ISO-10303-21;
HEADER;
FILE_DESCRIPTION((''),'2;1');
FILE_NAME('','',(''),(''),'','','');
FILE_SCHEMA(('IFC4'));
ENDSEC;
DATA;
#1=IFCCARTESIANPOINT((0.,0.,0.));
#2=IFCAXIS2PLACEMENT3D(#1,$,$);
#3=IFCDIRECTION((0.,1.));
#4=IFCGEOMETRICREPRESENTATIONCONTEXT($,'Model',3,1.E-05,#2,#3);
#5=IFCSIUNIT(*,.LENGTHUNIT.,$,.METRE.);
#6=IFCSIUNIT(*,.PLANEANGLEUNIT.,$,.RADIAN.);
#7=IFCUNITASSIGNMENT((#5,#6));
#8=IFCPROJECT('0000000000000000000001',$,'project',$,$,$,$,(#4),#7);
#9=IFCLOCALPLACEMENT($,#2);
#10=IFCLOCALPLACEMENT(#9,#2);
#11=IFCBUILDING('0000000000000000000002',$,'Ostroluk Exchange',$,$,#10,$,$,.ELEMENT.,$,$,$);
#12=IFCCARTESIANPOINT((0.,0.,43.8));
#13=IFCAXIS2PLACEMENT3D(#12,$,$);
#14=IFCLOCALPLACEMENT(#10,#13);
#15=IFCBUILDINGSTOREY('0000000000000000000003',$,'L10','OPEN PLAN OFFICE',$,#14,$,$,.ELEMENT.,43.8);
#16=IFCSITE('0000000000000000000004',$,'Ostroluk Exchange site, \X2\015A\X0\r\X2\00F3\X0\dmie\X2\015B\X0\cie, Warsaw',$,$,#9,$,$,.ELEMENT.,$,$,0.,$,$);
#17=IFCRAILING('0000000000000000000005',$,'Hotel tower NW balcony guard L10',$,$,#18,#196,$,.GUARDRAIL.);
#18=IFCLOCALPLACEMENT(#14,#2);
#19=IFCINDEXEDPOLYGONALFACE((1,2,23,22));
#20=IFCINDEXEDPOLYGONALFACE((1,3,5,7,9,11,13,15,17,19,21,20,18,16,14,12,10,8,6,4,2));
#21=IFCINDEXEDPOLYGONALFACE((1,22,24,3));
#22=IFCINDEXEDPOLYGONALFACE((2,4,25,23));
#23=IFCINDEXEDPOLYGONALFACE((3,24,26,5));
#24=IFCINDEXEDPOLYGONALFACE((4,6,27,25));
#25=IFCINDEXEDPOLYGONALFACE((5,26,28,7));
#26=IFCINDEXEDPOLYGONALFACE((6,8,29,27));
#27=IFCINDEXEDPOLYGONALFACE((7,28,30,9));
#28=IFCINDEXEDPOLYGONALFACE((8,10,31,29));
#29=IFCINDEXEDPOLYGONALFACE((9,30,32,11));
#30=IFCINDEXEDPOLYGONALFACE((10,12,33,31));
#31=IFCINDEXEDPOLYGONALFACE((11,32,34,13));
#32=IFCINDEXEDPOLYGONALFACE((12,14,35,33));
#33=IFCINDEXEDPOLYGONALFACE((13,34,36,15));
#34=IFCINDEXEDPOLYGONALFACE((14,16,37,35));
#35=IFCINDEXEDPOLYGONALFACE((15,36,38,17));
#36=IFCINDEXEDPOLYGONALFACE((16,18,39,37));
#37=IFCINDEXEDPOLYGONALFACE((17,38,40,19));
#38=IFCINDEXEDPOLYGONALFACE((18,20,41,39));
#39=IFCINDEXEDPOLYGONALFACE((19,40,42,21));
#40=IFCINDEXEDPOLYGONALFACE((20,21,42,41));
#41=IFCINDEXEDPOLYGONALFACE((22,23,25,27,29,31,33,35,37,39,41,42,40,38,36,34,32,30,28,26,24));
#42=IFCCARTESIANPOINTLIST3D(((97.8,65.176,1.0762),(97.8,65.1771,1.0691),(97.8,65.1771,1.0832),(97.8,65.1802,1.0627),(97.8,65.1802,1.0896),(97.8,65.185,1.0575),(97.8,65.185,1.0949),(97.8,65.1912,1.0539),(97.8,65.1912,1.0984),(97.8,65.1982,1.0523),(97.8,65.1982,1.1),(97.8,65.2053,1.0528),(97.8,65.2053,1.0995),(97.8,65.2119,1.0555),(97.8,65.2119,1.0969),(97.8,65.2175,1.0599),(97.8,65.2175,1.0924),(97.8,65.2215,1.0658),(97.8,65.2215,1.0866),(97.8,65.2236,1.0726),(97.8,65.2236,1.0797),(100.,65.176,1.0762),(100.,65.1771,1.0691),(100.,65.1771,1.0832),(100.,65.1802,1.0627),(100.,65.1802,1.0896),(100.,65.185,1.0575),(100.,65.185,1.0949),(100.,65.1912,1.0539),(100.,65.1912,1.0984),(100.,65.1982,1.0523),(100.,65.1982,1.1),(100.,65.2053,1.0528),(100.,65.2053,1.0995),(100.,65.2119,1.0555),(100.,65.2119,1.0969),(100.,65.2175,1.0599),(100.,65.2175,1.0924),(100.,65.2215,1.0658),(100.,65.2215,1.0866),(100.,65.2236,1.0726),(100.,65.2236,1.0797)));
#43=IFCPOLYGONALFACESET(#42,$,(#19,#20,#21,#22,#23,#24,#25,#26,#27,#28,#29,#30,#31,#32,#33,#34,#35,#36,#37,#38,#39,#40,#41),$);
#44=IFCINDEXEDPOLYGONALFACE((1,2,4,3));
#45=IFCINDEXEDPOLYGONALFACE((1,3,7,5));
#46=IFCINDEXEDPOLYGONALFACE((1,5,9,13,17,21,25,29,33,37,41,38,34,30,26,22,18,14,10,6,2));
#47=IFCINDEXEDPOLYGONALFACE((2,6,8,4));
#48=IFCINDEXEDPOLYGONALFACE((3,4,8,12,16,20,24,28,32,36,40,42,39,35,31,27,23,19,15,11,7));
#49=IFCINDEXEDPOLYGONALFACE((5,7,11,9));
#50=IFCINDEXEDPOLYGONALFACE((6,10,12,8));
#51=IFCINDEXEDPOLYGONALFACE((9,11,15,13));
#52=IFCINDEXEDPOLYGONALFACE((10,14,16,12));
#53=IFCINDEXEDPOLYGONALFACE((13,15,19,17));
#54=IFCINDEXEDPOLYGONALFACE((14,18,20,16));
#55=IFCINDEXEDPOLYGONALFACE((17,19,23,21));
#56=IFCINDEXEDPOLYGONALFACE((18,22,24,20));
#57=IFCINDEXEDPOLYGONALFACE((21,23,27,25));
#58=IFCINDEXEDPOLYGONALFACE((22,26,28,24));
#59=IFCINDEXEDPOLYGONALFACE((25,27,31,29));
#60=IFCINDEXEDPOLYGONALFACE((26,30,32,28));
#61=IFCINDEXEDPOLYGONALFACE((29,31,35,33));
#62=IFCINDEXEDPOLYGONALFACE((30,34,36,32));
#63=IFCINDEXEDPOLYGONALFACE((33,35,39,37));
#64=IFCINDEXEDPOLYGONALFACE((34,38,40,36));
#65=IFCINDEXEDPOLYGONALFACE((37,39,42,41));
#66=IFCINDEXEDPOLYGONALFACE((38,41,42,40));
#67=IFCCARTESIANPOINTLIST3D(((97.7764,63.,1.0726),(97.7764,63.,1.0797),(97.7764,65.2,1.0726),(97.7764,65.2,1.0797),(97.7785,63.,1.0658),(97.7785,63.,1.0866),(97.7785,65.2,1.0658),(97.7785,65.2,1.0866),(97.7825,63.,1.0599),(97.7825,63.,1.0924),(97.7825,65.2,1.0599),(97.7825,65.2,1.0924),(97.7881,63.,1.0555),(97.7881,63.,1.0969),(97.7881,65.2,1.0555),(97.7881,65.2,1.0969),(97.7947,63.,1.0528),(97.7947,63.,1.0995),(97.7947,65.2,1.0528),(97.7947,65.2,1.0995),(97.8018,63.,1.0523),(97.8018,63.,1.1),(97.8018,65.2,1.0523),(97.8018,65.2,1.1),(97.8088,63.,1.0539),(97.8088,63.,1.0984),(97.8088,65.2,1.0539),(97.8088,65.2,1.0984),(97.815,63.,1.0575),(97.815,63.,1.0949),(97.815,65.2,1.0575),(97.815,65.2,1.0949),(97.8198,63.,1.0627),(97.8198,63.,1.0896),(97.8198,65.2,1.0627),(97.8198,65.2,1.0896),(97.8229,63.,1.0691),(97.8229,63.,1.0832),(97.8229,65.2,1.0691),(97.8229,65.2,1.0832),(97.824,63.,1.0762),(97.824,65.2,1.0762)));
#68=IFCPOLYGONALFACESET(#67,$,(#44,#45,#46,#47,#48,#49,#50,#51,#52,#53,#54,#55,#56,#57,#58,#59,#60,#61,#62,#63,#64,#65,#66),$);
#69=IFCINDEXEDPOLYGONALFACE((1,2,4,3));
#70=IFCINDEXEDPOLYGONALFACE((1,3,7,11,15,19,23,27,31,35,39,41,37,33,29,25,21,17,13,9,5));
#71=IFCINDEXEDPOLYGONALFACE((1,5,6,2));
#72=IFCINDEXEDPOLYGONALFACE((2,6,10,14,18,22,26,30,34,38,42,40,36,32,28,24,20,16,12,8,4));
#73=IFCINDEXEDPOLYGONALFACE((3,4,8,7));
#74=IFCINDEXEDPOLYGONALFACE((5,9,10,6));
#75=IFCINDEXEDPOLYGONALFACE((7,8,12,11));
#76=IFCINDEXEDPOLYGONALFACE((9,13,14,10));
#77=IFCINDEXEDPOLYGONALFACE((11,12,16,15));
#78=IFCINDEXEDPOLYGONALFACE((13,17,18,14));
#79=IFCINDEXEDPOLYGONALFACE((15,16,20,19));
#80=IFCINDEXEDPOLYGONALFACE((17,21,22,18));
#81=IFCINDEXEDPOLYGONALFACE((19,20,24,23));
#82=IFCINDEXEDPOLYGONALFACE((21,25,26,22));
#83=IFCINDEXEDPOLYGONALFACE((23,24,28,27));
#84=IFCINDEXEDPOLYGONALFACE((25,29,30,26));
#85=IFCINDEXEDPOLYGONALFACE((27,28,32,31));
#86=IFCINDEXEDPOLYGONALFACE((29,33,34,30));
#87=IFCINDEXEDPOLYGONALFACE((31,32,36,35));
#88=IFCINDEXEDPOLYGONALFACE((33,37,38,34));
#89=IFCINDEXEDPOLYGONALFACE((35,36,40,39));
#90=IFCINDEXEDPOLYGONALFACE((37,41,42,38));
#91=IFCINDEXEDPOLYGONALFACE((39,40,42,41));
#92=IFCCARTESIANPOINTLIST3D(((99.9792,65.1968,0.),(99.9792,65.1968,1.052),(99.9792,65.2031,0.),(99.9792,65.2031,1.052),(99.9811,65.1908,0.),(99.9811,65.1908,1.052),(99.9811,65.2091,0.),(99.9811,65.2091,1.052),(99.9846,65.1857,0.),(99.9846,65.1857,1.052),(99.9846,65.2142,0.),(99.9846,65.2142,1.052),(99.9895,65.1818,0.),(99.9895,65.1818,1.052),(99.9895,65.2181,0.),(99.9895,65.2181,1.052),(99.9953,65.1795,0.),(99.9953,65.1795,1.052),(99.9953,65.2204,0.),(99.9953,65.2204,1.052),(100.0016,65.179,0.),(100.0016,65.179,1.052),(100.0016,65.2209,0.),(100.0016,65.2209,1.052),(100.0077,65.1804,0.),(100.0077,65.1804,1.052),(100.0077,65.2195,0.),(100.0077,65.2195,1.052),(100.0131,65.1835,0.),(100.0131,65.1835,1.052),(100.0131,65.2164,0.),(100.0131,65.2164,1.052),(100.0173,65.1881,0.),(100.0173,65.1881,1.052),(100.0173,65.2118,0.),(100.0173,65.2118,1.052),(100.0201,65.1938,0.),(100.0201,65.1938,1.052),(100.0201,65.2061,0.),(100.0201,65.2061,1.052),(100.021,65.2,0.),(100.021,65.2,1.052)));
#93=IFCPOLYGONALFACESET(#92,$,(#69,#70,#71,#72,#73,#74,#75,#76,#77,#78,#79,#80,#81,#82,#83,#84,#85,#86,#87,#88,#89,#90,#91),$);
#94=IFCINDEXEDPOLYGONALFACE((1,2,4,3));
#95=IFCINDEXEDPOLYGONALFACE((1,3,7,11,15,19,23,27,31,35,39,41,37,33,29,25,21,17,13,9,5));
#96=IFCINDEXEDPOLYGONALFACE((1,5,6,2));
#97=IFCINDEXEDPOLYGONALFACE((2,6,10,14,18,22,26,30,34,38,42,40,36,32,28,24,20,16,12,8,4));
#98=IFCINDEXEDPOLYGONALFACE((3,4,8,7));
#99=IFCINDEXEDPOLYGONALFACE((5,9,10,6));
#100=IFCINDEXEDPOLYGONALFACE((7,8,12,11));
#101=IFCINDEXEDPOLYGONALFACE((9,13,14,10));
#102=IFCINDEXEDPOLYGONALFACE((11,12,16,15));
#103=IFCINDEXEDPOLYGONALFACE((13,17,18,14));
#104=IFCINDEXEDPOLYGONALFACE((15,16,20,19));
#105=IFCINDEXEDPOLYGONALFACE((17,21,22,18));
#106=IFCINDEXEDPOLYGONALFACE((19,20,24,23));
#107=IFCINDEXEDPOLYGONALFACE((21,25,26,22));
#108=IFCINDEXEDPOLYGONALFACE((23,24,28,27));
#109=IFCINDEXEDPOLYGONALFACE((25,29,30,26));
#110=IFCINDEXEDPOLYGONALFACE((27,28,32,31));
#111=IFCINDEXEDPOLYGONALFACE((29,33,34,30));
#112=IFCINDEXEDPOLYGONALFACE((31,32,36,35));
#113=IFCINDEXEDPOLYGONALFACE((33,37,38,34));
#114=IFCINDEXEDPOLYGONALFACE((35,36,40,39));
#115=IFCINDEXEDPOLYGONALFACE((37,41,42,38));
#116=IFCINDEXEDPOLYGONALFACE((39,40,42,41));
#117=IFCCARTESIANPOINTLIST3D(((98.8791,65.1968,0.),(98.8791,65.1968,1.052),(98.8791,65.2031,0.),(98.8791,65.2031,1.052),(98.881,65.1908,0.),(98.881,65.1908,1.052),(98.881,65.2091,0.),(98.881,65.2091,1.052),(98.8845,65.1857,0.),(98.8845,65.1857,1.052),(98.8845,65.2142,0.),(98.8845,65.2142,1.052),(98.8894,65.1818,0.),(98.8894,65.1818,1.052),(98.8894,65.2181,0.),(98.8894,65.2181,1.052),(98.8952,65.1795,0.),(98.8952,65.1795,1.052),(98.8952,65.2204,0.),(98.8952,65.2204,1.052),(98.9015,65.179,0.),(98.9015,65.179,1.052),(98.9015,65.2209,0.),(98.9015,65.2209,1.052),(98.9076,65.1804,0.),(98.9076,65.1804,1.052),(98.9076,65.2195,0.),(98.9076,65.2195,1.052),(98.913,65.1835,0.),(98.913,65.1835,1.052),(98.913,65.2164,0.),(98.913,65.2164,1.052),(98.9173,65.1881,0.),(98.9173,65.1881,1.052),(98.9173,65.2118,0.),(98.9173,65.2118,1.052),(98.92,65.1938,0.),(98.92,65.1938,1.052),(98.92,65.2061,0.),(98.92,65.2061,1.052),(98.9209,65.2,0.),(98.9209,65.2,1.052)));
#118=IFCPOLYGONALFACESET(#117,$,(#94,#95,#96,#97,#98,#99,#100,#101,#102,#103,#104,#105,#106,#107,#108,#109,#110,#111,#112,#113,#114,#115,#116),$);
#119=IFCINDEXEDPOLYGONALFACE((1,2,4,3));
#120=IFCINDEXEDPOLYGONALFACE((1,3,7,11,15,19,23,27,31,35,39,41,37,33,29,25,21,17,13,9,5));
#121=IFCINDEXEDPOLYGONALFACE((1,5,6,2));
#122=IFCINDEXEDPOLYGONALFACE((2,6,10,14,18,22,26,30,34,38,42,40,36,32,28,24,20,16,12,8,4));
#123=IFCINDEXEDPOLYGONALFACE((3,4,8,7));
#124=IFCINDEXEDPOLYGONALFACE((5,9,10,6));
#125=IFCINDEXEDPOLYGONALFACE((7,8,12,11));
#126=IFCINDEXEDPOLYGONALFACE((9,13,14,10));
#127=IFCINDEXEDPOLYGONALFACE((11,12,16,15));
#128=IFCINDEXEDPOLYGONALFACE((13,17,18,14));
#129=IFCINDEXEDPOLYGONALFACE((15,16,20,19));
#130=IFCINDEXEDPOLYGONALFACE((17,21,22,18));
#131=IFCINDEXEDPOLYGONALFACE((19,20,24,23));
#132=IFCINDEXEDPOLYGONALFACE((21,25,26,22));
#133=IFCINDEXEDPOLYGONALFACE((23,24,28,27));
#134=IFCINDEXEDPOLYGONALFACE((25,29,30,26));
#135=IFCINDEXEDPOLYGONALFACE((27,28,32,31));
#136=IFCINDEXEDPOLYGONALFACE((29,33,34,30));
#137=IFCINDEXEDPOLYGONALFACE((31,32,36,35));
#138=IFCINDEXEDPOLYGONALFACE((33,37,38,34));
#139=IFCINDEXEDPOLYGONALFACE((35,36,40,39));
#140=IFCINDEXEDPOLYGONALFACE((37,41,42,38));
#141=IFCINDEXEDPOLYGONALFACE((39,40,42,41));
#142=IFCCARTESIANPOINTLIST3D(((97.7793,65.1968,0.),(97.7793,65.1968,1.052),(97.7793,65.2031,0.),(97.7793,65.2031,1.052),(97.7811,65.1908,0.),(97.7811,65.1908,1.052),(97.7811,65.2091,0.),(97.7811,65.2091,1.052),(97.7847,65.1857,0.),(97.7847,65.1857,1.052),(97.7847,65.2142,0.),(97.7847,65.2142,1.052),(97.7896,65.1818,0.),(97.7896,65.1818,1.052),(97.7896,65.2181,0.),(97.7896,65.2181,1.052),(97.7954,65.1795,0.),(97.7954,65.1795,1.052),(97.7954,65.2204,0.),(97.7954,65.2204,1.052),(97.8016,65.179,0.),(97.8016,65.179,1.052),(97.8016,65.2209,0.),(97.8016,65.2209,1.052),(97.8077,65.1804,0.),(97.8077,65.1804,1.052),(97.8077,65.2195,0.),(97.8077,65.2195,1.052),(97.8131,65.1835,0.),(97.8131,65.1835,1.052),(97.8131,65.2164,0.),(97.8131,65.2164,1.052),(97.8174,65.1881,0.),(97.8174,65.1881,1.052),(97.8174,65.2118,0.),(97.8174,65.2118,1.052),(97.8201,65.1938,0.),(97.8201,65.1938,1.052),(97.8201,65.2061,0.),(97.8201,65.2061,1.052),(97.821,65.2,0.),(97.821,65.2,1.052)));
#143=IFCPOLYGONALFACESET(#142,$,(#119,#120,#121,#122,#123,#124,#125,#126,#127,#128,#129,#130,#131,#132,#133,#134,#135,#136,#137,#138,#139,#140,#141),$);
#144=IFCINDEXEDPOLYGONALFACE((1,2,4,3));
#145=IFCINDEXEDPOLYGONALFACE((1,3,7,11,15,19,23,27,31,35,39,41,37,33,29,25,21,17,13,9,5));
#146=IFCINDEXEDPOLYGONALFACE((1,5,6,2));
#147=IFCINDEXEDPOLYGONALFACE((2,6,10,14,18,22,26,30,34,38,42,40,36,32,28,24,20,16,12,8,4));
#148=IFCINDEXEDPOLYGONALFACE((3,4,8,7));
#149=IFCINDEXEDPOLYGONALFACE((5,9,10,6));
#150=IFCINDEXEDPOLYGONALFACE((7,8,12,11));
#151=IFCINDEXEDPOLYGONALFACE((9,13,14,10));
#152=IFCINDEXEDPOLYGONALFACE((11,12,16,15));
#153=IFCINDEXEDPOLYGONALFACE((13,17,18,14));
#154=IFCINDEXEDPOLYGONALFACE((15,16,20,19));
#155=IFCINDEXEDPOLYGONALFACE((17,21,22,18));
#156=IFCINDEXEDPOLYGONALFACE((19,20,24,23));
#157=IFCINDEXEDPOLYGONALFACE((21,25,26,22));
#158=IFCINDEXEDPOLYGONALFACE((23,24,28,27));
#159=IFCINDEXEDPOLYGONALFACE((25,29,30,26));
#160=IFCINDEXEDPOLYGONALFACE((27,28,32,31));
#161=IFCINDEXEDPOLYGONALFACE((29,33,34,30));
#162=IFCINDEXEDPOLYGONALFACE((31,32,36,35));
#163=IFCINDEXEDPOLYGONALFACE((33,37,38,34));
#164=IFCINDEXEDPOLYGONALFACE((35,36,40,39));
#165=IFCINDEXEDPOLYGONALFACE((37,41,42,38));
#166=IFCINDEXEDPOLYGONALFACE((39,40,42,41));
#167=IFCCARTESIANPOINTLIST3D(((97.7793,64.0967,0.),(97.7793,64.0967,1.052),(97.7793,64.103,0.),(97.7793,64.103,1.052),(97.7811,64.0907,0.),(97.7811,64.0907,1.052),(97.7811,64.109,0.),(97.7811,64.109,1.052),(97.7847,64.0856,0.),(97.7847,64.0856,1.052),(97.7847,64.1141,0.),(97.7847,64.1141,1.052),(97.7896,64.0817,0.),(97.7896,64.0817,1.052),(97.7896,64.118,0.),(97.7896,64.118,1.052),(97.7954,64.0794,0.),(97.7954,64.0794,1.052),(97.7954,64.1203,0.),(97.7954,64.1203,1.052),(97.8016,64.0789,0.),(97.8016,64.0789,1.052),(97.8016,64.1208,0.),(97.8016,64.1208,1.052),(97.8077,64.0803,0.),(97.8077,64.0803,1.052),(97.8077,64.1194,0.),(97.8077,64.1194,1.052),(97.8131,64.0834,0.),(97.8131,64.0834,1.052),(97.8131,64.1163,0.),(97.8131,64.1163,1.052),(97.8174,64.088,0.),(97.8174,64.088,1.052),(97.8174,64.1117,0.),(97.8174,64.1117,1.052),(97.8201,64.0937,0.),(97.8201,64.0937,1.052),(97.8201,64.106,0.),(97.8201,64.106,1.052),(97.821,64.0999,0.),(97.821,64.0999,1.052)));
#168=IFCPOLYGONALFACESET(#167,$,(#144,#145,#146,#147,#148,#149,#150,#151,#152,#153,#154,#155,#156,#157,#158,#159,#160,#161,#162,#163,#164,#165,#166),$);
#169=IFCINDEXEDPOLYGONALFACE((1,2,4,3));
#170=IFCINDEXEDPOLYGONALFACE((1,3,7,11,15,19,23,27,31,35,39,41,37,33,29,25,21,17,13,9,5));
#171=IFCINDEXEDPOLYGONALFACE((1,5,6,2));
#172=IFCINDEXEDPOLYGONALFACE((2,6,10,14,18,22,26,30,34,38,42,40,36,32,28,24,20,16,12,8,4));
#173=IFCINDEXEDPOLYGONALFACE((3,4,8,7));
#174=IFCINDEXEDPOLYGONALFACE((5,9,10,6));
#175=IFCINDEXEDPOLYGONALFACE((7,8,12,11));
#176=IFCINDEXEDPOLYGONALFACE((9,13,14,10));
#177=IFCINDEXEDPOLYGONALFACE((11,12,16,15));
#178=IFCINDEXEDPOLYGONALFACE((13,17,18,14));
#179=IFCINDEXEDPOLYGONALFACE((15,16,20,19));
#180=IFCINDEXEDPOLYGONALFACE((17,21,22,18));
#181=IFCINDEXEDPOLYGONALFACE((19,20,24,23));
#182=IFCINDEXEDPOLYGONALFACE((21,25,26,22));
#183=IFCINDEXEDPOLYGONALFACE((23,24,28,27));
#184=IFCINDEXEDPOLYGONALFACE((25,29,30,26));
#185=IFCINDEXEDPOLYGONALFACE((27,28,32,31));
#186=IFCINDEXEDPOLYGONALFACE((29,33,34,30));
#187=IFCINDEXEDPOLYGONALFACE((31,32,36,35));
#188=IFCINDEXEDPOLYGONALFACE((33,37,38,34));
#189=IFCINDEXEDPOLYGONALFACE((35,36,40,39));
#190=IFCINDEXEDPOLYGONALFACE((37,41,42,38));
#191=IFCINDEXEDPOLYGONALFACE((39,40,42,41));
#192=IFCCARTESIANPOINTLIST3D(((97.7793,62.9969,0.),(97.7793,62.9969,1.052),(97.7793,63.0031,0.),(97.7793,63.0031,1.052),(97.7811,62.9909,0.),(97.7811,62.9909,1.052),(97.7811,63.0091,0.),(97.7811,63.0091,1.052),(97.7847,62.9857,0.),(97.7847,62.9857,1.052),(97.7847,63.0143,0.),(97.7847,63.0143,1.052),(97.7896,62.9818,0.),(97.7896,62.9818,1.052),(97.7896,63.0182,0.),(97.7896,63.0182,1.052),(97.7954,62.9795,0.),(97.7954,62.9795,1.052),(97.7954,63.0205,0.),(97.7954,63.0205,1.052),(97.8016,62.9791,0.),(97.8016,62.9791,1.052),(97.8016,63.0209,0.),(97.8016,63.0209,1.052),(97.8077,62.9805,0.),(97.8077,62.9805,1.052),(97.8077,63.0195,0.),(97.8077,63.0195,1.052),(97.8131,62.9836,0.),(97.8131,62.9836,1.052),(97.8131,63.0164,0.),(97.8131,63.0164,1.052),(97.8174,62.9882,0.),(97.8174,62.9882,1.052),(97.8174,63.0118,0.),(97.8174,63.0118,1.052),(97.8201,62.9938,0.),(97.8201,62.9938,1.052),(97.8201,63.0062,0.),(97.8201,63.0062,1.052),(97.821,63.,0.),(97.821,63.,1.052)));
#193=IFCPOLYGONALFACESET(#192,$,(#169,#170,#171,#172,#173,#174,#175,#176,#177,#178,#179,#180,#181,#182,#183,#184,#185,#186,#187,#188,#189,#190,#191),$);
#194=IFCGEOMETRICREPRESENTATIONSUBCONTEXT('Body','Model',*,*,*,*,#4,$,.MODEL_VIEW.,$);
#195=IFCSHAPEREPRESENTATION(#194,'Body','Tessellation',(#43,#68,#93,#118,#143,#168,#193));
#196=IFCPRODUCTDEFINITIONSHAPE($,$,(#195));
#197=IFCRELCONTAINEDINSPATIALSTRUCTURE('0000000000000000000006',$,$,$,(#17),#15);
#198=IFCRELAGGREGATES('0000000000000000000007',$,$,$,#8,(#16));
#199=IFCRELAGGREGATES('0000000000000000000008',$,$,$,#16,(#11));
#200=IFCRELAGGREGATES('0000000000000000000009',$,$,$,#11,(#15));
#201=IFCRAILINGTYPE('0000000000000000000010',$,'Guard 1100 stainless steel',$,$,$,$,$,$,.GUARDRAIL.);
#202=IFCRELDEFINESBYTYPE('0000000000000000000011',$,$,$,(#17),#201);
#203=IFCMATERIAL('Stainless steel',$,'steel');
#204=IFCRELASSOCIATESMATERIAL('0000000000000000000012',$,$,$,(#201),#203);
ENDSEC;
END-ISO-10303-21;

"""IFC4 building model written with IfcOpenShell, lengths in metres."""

from ifc_helpers import new_model, si_unit, direction, frame, origin, origin_2d, place, context, subcontext, project, spatial, circle, extrude, material, type_object, element, save


model = new_model("IFC4")

# Units and contexts
model_context = context("Model", 3, precision=1e-05, world=origin(), true_north=direction((0.0, 1.0)))
body_context = subcontext(model_context, "Body", "Model", "MODEL_VIEW")
ifc_project = project(units=[si_unit("LENGTHUNIT", "METRE"), si_unit("PLANEANGLEUNIT", "RADIAN")], contexts=[model_context])

# Site, building, storey
site_placement = place(None, origin())
site = spatial("IfcSite", under=ifc_project, at=site_placement, Name="Ostroluk Exchange site, Śródmieście, Warsaw", CompositionType="ELEMENT", RefElevation=0.0)
building_placement = place(site_placement, origin())
building = spatial("IfcBuilding", under=site, at=building_placement, Name="Ostroluk Exchange", CompositionType="ELEMENT")
storey_placement = place(building_placement, frame((0.0, 0.0, 43.8)))
storey = spatial("IfcBuildingStorey", under=building, at=storey_placement, Name="L10", Description="OPEN PLAN OFFICE", CompositionType="ELEMENT", Elevation=43.8)

# Railing
ifc_material_1 = material(Name="Stainless steel", Category="steel")
railing_type_1 = type_object("IfcRailingType", Name="Guard 1100 stainless steel", PredefinedType="GUARDRAIL", material=ifc_material_1)
railing_1_placement = place(storey_placement, frame((100.0, 65.2, 0.0)))
element("IfcRailing", 1, at=railing_1_placement, inside=storey, type_object=railing_type_1, Name="Hotel tower NW balcony guard L10", PredefinedType="GUARDRAIL", context=body_context, shape_type="SweptSolid", body=[
    extrude(circle(Radius=0.0239, at=origin_2d()), frame((0.0, 0.0, 1.0762), z_axis=(-1.0, 0.0, 0.0), x_axis=(0.0, -1.0, 0.0)), (0.0, 0.0, 1.0), 2.2),
    extrude(circle(Radius=0.0239, at=origin_2d()), frame((-2.2, 0.0, 1.0762), z_axis=(0.0, -1.0, 0.0), x_axis=(1.0, 0.0, 0.0)), (0.0, 0.0, 1.0), 2.2),
    extrude(circle(Radius=0.021, at=origin_2d()), origin(), (0.0, 0.0, 1.0), 1.052),
    extrude(circle(Radius=0.021, at=origin_2d()), frame((-1.1001, 0.0, 0.0)), (0.0, 0.0, 1.0), 1.052),
    extrude(circle(Radius=0.021, at=origin_2d()), frame((-2.2, 0.0, 0.0)), (0.0, 0.0, 1.0), 1.052),
    extrude(circle(Radius=0.021, at=origin_2d()), frame((-2.2, -1.1001, 0.0)), (0.0, 0.0, 1.0), 1.052),
    extrude(circle(Radius=0.021, at=origin_2d()), frame((-2.2, -2.2, 0.0)), (0.0, 0.0, 1.0), 1.052),
])

save(model, "model.ifc")
